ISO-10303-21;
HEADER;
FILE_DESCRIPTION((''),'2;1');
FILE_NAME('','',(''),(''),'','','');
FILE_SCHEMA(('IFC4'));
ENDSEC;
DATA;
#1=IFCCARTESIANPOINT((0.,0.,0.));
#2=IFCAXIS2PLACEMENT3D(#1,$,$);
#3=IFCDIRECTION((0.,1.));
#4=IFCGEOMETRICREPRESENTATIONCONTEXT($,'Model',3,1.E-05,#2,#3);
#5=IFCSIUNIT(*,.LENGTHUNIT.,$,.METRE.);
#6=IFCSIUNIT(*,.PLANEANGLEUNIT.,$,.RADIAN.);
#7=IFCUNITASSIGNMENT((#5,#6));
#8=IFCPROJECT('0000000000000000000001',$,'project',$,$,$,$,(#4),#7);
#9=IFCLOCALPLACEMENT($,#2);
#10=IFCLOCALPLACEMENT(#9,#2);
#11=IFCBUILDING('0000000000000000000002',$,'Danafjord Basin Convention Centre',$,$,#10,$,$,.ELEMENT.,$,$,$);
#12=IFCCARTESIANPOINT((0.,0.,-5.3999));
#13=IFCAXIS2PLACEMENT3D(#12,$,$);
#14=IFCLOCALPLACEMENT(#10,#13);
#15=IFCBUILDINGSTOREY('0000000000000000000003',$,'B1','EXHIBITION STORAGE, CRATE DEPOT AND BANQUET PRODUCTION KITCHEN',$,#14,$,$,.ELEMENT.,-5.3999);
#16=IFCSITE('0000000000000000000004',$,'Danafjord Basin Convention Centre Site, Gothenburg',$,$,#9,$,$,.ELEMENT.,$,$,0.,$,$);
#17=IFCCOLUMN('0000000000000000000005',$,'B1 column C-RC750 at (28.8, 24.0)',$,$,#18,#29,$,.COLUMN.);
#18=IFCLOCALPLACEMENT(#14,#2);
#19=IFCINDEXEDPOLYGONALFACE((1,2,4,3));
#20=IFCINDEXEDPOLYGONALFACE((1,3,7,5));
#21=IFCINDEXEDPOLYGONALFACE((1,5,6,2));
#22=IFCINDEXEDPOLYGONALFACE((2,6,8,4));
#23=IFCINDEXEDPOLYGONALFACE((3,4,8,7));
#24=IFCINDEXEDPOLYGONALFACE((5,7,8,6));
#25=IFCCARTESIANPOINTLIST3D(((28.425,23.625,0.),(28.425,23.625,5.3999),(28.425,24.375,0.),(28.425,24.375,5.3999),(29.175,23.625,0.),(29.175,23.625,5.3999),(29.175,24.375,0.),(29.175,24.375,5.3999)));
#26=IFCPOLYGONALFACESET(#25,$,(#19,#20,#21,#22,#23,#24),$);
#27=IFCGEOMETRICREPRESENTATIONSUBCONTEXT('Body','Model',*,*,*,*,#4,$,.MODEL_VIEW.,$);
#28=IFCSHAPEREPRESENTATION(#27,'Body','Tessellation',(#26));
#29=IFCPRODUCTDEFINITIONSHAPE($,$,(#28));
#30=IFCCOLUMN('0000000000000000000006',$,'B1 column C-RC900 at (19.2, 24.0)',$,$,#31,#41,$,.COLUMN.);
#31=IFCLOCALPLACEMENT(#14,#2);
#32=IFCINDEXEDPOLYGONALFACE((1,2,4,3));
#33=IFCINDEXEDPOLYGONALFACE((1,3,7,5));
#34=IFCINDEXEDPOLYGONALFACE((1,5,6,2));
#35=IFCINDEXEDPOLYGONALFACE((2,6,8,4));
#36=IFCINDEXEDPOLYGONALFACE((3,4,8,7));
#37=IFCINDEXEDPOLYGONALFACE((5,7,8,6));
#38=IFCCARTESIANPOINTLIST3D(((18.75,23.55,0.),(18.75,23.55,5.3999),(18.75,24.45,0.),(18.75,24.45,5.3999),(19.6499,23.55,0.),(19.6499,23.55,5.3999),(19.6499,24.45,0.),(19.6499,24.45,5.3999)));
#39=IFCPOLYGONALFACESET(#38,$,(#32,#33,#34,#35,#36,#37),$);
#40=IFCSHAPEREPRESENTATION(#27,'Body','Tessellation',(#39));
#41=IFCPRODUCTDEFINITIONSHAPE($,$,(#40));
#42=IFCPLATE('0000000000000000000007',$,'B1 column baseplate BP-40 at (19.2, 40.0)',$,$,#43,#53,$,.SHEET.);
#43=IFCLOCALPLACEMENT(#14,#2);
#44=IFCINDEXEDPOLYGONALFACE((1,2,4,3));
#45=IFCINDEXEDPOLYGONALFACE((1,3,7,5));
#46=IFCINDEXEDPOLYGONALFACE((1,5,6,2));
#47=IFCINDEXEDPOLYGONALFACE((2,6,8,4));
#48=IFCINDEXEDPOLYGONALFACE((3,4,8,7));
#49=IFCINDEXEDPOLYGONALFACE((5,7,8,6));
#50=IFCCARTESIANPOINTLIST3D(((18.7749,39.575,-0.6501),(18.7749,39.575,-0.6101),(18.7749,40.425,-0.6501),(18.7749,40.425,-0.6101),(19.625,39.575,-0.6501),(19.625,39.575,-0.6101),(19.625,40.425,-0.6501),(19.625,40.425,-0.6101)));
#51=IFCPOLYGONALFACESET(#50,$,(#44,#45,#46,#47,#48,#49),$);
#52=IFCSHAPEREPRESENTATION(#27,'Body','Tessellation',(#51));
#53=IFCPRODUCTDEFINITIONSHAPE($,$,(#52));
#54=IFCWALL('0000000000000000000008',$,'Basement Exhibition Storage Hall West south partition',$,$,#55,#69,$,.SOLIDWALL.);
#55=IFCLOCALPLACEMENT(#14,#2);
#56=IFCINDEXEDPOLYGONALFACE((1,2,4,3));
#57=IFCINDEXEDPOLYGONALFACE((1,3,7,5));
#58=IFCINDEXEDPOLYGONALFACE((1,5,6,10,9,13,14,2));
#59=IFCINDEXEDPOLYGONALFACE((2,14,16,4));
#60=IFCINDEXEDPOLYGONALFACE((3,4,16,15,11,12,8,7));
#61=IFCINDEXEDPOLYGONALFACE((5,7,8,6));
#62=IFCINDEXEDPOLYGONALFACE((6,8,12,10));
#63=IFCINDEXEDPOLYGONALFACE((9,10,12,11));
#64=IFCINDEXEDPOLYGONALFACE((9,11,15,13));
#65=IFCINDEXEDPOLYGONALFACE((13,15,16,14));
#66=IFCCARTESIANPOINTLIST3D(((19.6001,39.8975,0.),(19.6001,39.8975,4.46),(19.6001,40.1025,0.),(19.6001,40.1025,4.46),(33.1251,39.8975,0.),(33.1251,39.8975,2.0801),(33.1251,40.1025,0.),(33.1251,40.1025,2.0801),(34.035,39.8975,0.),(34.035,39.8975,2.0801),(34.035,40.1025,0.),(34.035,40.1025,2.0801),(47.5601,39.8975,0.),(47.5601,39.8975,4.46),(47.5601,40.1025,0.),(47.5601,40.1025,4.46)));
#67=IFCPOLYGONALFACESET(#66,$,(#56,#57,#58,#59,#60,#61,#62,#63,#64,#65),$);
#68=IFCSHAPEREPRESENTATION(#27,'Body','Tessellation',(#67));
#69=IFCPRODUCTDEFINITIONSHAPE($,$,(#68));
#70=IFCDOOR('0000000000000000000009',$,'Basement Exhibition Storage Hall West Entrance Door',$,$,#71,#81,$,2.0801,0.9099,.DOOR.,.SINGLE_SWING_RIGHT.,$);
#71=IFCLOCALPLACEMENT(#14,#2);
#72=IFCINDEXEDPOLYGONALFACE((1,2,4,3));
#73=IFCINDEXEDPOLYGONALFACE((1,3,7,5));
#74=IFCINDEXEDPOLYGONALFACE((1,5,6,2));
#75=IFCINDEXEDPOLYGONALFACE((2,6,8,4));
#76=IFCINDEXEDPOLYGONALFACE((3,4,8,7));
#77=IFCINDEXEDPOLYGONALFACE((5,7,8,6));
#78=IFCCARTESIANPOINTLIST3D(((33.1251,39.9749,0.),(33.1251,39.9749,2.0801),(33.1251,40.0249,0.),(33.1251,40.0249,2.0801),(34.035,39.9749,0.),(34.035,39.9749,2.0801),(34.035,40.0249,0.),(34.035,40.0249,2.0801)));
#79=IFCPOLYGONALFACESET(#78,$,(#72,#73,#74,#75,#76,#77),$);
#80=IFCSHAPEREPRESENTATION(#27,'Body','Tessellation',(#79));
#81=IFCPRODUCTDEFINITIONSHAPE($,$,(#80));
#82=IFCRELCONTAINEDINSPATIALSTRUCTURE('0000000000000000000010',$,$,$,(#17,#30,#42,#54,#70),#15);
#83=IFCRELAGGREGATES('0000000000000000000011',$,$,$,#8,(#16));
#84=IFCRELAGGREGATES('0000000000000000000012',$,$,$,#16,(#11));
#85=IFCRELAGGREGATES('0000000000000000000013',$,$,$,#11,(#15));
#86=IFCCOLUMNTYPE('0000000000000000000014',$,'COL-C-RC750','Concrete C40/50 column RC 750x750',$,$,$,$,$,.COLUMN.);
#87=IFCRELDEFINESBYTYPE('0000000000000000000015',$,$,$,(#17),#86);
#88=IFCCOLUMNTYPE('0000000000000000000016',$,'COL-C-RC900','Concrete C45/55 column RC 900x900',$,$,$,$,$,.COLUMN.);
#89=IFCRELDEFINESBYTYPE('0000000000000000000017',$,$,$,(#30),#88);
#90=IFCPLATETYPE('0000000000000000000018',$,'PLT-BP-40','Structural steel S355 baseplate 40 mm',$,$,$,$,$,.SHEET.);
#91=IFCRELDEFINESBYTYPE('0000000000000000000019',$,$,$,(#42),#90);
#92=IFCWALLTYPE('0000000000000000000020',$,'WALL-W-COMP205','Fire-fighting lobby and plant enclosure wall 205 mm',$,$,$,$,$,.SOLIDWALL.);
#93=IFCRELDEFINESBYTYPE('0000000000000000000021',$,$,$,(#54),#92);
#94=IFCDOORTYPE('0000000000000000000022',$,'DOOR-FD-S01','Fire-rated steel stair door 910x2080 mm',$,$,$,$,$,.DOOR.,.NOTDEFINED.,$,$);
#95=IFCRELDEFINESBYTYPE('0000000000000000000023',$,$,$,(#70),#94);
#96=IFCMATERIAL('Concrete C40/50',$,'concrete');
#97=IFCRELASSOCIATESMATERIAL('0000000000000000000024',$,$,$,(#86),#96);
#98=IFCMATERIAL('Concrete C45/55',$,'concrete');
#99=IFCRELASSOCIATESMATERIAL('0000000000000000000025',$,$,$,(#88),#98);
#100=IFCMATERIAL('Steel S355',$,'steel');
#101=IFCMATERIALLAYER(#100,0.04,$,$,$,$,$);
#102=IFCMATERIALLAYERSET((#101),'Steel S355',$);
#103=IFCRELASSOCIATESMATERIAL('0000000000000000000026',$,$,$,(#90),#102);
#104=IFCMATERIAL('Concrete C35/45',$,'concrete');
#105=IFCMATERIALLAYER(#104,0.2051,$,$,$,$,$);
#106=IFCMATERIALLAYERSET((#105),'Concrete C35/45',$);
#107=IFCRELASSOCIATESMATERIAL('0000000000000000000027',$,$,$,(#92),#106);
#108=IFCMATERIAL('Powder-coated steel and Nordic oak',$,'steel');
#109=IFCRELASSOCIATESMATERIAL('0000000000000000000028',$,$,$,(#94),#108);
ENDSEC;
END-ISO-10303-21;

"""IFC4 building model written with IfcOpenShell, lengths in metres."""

from ifc_helpers import new_model, si_unit, direction, frame, frame_2d, origin, origin_2d, place, context, subcontext, project, spatial, rectangle, extrude, material, layer, layer_set, material_profile, profile_set, type_object, element, fill, save


model = new_model("IFC4")

# Units and contexts
model_context = context("Model", 3, precision=1e-05, world=origin(), true_north=direction((0.0, 1.0)))
body_context = subcontext(model_context, "Body", "Model", "MODEL_VIEW")
ifc_project = project(units=[si_unit("LENGTHUNIT", "METRE"), si_unit("PLANEANGLEUNIT", "RADIAN")], contexts=[model_context])

# Site, building, storey
site_placement = place(None, origin())
site = spatial("IfcSite", under=ifc_project, at=site_placement, Name="Danafjord Basin Convention Centre Site, Gothenburg", CompositionType="ELEMENT", RefElevation=0.0)
building_placement = place(site_placement, origin())
building = spatial("IfcBuilding", under=site, at=building_placement, Name="Danafjord Basin Convention Centre", CompositionType="ELEMENT")
storey_placement = place(building_placement, frame((0.0, 0.0, -5.3999)))
storey = spatial("IfcBuildingStorey", under=building, at=storey_placement, Name="B1", Description="EXHIBITION STORAGE, CRATE DEPOT AND BANQUET PRODUCTION KITCHEN", CompositionType="ELEMENT", Elevation=-5.3999)

# Shared definitions
ifc_material_1 = material(Name="Concrete C40/50", Category="concrete")

# Columns
ifc_material_profile_1 = material_profile(ifc_material_1, rectangle(XDim=0.75, YDim=0.75, at=origin_2d()), Name="RC 750x750")
ifc_profile_set_1 = profile_set([ifc_material_profile_1], Name="Concrete C40/50")
column_type_1 = type_object("IfcColumnType", Name="COL-C-RC750", Description="Concrete C40/50 column RC 750x750", PredefinedType="COLUMN", material=ifc_profile_set_1)
for number, where, z_axis, x_axis, name in (
    (1, (28.8, 24.0, 0.0), (0.0, 0.0, 1.0), (1.0, 0.0, 0.0), "B1 column C-RC750 at (28.8, 24.0)"),
):
    element("IfcColumn", number, at=place(storey_placement, frame(where, z_axis=z_axis, x_axis=x_axis)), inside=storey, type_object=column_type_1, Name=name, PredefinedType="COLUMN", context=body_context, shape_type="SweptSolid", body=[
        extrude(rectangle(XDim=0.75, YDim=0.75, at=origin_2d()), origin(), (0.0, 0.0, 1.0), 5.3999),
    ])
ifc_material_2 = material(Name="Concrete C45/55", Category="concrete")
ifc_material_profile_2 = material_profile(ifc_material_2, rectangle(XDim=0.8999, YDim=0.8999, at=origin_2d()), Name="RC 900x900")
ifc_profile_set_2 = profile_set([ifc_material_profile_2], Name="Concrete C45/55")
column_type_2 = type_object("IfcColumnType", Name="COL-C-RC900", Description="Concrete C45/55 column RC 900x900", PredefinedType="COLUMN", material=ifc_profile_set_2)
column_placement = place(storey_placement, frame((19.2, 24.0, 0.0), z_axis=(0.0, 0.0, 1.0), x_axis=(1.0, 0.0, 0.0)))
element("IfcColumn", 2, at=column_placement, inside=storey, type_object=column_type_2, Name="B1 column C-RC900 at (19.2, 24.0)", PredefinedType="COLUMN", context=body_context, shape_type="SweptSolid", body=[
    extrude(rectangle(XDim=0.8999, YDim=0.8999, at=origin_2d()), origin(), (0.0, 0.0, 1.0), 5.3999),
])

# Plate
ifc_material_3 = material(Name="Steel S355", Category="steel")
ifc_layer_1 = layer(ifc_material_3, 0.04)
ifc_layer_set_1 = layer_set([ifc_layer_1], Name="Steel S355")
plate_type = type_object("IfcPlateType", Name="PLT-BP-40", Description="Structural steel S355 baseplate 40 mm", PredefinedType="SHEET", material=ifc_layer_set_1)
plate_placement = place(storey_placement, frame((19.2, 40.0, -0.6501), z_axis=(0.0, 0.0, 1.0), x_axis=(1.0, 0.0, 0.0)))
element("IfcPlate", 3, at=plate_placement, inside=storey, type_object=plate_type, Name="B1 column baseplate BP-40 at (19.2, 40.0)", PredefinedType="SHEET", context=body_context, shape_type="SweptSolid", body=[
    extrude(rectangle(XDim=0.8501, YDim=0.8501, at=origin_2d()), origin(), (0.0, 0.0, 1.0), 0.04),
])

# Wall, opening, door
ifc_material_4 = material(Name="Concrete C35/45", Category="concrete")
ifc_layer_2 = layer(ifc_material_4, 0.2051)
ifc_layer_set_2 = layer_set([ifc_layer_2], Name="Concrete C35/45")
wall_type = type_object("IfcWallType", Name="WALL-W-COMP205", Description="Fire-fighting lobby and plant enclosure wall 205 mm", PredefinedType="SOLIDWALL", material=ifc_layer_set_2)
wall_placement = place(storey_placement, frame((19.6001, 40.0, 0.0), z_axis=(0.0, 0.0, 1.0), x_axis=(1.0, 0.0, 0.0)))
wall = element("IfcWall", 4, at=wall_placement, inside=storey, type_object=wall_type, Name="Basement Exhibition Storage Hall West south partition", PredefinedType="SOLIDWALL", context=body_context, shape_type="SweptSolid", body=[
    extrude(rectangle(XDim=27.96, YDim=0.2051, at=frame_2d((13.98, 0.0))), origin(), (0.0, 0.0, 1.0), 4.46),
])
opening_placement = place(wall_placement, frame((13.5249, 0.0, 0.0)))
opening = element("IfcOpeningElement", 5, at=opening_placement, cuts=wall, PredefinedType="OPENING", context=body_context, shape_type="SweptSolid", body=[
    extrude(rectangle(XDim=0.9099, YDim=2.0801, at=frame_2d((0.4551, 1.04))), frame((0.0, 0.1125, 0.0), z_axis=(0.0, -1.0, 0.0), x_axis=(1.0, 0.0, 0.0)), (0.0, 0.0, 1.0), 0.2251),
])
ifc_material_5 = material(Name="Powder-coated steel and Nordic oak", Category="steel")
door_type = type_object("IfcDoorType", Name="DOOR-FD-S01", Description="Fire-rated steel stair door 910x2080 mm", OperationType="NOTDEFINED", PredefinedType="DOOR", material=ifc_material_5)
door_placement = place(opening_placement, origin())
door = element("IfcDoor", 6, at=door_placement, inside=storey, type_object=door_type, Name="Basement Exhibition Storage Hall West Entrance Door", OperationType="SINGLE_SWING_RIGHT", OverallHeight=2.0801, OverallWidth=0.9099, PredefinedType="DOOR", context=body_context, shape_type="SweptSolid", body=[
    extrude(rectangle(XDim=0.9099, YDim=2.0801, at=frame_2d((0.4551, 1.04))), frame((0.0, 0.0249, 0.0), z_axis=(0.0, -1.0, 0.0), x_axis=(1.0, 0.0, 0.0)), (0.0, 0.0, 1.0), 0.05),
])
fill(opening, door)

save(model, "model.ifc")
